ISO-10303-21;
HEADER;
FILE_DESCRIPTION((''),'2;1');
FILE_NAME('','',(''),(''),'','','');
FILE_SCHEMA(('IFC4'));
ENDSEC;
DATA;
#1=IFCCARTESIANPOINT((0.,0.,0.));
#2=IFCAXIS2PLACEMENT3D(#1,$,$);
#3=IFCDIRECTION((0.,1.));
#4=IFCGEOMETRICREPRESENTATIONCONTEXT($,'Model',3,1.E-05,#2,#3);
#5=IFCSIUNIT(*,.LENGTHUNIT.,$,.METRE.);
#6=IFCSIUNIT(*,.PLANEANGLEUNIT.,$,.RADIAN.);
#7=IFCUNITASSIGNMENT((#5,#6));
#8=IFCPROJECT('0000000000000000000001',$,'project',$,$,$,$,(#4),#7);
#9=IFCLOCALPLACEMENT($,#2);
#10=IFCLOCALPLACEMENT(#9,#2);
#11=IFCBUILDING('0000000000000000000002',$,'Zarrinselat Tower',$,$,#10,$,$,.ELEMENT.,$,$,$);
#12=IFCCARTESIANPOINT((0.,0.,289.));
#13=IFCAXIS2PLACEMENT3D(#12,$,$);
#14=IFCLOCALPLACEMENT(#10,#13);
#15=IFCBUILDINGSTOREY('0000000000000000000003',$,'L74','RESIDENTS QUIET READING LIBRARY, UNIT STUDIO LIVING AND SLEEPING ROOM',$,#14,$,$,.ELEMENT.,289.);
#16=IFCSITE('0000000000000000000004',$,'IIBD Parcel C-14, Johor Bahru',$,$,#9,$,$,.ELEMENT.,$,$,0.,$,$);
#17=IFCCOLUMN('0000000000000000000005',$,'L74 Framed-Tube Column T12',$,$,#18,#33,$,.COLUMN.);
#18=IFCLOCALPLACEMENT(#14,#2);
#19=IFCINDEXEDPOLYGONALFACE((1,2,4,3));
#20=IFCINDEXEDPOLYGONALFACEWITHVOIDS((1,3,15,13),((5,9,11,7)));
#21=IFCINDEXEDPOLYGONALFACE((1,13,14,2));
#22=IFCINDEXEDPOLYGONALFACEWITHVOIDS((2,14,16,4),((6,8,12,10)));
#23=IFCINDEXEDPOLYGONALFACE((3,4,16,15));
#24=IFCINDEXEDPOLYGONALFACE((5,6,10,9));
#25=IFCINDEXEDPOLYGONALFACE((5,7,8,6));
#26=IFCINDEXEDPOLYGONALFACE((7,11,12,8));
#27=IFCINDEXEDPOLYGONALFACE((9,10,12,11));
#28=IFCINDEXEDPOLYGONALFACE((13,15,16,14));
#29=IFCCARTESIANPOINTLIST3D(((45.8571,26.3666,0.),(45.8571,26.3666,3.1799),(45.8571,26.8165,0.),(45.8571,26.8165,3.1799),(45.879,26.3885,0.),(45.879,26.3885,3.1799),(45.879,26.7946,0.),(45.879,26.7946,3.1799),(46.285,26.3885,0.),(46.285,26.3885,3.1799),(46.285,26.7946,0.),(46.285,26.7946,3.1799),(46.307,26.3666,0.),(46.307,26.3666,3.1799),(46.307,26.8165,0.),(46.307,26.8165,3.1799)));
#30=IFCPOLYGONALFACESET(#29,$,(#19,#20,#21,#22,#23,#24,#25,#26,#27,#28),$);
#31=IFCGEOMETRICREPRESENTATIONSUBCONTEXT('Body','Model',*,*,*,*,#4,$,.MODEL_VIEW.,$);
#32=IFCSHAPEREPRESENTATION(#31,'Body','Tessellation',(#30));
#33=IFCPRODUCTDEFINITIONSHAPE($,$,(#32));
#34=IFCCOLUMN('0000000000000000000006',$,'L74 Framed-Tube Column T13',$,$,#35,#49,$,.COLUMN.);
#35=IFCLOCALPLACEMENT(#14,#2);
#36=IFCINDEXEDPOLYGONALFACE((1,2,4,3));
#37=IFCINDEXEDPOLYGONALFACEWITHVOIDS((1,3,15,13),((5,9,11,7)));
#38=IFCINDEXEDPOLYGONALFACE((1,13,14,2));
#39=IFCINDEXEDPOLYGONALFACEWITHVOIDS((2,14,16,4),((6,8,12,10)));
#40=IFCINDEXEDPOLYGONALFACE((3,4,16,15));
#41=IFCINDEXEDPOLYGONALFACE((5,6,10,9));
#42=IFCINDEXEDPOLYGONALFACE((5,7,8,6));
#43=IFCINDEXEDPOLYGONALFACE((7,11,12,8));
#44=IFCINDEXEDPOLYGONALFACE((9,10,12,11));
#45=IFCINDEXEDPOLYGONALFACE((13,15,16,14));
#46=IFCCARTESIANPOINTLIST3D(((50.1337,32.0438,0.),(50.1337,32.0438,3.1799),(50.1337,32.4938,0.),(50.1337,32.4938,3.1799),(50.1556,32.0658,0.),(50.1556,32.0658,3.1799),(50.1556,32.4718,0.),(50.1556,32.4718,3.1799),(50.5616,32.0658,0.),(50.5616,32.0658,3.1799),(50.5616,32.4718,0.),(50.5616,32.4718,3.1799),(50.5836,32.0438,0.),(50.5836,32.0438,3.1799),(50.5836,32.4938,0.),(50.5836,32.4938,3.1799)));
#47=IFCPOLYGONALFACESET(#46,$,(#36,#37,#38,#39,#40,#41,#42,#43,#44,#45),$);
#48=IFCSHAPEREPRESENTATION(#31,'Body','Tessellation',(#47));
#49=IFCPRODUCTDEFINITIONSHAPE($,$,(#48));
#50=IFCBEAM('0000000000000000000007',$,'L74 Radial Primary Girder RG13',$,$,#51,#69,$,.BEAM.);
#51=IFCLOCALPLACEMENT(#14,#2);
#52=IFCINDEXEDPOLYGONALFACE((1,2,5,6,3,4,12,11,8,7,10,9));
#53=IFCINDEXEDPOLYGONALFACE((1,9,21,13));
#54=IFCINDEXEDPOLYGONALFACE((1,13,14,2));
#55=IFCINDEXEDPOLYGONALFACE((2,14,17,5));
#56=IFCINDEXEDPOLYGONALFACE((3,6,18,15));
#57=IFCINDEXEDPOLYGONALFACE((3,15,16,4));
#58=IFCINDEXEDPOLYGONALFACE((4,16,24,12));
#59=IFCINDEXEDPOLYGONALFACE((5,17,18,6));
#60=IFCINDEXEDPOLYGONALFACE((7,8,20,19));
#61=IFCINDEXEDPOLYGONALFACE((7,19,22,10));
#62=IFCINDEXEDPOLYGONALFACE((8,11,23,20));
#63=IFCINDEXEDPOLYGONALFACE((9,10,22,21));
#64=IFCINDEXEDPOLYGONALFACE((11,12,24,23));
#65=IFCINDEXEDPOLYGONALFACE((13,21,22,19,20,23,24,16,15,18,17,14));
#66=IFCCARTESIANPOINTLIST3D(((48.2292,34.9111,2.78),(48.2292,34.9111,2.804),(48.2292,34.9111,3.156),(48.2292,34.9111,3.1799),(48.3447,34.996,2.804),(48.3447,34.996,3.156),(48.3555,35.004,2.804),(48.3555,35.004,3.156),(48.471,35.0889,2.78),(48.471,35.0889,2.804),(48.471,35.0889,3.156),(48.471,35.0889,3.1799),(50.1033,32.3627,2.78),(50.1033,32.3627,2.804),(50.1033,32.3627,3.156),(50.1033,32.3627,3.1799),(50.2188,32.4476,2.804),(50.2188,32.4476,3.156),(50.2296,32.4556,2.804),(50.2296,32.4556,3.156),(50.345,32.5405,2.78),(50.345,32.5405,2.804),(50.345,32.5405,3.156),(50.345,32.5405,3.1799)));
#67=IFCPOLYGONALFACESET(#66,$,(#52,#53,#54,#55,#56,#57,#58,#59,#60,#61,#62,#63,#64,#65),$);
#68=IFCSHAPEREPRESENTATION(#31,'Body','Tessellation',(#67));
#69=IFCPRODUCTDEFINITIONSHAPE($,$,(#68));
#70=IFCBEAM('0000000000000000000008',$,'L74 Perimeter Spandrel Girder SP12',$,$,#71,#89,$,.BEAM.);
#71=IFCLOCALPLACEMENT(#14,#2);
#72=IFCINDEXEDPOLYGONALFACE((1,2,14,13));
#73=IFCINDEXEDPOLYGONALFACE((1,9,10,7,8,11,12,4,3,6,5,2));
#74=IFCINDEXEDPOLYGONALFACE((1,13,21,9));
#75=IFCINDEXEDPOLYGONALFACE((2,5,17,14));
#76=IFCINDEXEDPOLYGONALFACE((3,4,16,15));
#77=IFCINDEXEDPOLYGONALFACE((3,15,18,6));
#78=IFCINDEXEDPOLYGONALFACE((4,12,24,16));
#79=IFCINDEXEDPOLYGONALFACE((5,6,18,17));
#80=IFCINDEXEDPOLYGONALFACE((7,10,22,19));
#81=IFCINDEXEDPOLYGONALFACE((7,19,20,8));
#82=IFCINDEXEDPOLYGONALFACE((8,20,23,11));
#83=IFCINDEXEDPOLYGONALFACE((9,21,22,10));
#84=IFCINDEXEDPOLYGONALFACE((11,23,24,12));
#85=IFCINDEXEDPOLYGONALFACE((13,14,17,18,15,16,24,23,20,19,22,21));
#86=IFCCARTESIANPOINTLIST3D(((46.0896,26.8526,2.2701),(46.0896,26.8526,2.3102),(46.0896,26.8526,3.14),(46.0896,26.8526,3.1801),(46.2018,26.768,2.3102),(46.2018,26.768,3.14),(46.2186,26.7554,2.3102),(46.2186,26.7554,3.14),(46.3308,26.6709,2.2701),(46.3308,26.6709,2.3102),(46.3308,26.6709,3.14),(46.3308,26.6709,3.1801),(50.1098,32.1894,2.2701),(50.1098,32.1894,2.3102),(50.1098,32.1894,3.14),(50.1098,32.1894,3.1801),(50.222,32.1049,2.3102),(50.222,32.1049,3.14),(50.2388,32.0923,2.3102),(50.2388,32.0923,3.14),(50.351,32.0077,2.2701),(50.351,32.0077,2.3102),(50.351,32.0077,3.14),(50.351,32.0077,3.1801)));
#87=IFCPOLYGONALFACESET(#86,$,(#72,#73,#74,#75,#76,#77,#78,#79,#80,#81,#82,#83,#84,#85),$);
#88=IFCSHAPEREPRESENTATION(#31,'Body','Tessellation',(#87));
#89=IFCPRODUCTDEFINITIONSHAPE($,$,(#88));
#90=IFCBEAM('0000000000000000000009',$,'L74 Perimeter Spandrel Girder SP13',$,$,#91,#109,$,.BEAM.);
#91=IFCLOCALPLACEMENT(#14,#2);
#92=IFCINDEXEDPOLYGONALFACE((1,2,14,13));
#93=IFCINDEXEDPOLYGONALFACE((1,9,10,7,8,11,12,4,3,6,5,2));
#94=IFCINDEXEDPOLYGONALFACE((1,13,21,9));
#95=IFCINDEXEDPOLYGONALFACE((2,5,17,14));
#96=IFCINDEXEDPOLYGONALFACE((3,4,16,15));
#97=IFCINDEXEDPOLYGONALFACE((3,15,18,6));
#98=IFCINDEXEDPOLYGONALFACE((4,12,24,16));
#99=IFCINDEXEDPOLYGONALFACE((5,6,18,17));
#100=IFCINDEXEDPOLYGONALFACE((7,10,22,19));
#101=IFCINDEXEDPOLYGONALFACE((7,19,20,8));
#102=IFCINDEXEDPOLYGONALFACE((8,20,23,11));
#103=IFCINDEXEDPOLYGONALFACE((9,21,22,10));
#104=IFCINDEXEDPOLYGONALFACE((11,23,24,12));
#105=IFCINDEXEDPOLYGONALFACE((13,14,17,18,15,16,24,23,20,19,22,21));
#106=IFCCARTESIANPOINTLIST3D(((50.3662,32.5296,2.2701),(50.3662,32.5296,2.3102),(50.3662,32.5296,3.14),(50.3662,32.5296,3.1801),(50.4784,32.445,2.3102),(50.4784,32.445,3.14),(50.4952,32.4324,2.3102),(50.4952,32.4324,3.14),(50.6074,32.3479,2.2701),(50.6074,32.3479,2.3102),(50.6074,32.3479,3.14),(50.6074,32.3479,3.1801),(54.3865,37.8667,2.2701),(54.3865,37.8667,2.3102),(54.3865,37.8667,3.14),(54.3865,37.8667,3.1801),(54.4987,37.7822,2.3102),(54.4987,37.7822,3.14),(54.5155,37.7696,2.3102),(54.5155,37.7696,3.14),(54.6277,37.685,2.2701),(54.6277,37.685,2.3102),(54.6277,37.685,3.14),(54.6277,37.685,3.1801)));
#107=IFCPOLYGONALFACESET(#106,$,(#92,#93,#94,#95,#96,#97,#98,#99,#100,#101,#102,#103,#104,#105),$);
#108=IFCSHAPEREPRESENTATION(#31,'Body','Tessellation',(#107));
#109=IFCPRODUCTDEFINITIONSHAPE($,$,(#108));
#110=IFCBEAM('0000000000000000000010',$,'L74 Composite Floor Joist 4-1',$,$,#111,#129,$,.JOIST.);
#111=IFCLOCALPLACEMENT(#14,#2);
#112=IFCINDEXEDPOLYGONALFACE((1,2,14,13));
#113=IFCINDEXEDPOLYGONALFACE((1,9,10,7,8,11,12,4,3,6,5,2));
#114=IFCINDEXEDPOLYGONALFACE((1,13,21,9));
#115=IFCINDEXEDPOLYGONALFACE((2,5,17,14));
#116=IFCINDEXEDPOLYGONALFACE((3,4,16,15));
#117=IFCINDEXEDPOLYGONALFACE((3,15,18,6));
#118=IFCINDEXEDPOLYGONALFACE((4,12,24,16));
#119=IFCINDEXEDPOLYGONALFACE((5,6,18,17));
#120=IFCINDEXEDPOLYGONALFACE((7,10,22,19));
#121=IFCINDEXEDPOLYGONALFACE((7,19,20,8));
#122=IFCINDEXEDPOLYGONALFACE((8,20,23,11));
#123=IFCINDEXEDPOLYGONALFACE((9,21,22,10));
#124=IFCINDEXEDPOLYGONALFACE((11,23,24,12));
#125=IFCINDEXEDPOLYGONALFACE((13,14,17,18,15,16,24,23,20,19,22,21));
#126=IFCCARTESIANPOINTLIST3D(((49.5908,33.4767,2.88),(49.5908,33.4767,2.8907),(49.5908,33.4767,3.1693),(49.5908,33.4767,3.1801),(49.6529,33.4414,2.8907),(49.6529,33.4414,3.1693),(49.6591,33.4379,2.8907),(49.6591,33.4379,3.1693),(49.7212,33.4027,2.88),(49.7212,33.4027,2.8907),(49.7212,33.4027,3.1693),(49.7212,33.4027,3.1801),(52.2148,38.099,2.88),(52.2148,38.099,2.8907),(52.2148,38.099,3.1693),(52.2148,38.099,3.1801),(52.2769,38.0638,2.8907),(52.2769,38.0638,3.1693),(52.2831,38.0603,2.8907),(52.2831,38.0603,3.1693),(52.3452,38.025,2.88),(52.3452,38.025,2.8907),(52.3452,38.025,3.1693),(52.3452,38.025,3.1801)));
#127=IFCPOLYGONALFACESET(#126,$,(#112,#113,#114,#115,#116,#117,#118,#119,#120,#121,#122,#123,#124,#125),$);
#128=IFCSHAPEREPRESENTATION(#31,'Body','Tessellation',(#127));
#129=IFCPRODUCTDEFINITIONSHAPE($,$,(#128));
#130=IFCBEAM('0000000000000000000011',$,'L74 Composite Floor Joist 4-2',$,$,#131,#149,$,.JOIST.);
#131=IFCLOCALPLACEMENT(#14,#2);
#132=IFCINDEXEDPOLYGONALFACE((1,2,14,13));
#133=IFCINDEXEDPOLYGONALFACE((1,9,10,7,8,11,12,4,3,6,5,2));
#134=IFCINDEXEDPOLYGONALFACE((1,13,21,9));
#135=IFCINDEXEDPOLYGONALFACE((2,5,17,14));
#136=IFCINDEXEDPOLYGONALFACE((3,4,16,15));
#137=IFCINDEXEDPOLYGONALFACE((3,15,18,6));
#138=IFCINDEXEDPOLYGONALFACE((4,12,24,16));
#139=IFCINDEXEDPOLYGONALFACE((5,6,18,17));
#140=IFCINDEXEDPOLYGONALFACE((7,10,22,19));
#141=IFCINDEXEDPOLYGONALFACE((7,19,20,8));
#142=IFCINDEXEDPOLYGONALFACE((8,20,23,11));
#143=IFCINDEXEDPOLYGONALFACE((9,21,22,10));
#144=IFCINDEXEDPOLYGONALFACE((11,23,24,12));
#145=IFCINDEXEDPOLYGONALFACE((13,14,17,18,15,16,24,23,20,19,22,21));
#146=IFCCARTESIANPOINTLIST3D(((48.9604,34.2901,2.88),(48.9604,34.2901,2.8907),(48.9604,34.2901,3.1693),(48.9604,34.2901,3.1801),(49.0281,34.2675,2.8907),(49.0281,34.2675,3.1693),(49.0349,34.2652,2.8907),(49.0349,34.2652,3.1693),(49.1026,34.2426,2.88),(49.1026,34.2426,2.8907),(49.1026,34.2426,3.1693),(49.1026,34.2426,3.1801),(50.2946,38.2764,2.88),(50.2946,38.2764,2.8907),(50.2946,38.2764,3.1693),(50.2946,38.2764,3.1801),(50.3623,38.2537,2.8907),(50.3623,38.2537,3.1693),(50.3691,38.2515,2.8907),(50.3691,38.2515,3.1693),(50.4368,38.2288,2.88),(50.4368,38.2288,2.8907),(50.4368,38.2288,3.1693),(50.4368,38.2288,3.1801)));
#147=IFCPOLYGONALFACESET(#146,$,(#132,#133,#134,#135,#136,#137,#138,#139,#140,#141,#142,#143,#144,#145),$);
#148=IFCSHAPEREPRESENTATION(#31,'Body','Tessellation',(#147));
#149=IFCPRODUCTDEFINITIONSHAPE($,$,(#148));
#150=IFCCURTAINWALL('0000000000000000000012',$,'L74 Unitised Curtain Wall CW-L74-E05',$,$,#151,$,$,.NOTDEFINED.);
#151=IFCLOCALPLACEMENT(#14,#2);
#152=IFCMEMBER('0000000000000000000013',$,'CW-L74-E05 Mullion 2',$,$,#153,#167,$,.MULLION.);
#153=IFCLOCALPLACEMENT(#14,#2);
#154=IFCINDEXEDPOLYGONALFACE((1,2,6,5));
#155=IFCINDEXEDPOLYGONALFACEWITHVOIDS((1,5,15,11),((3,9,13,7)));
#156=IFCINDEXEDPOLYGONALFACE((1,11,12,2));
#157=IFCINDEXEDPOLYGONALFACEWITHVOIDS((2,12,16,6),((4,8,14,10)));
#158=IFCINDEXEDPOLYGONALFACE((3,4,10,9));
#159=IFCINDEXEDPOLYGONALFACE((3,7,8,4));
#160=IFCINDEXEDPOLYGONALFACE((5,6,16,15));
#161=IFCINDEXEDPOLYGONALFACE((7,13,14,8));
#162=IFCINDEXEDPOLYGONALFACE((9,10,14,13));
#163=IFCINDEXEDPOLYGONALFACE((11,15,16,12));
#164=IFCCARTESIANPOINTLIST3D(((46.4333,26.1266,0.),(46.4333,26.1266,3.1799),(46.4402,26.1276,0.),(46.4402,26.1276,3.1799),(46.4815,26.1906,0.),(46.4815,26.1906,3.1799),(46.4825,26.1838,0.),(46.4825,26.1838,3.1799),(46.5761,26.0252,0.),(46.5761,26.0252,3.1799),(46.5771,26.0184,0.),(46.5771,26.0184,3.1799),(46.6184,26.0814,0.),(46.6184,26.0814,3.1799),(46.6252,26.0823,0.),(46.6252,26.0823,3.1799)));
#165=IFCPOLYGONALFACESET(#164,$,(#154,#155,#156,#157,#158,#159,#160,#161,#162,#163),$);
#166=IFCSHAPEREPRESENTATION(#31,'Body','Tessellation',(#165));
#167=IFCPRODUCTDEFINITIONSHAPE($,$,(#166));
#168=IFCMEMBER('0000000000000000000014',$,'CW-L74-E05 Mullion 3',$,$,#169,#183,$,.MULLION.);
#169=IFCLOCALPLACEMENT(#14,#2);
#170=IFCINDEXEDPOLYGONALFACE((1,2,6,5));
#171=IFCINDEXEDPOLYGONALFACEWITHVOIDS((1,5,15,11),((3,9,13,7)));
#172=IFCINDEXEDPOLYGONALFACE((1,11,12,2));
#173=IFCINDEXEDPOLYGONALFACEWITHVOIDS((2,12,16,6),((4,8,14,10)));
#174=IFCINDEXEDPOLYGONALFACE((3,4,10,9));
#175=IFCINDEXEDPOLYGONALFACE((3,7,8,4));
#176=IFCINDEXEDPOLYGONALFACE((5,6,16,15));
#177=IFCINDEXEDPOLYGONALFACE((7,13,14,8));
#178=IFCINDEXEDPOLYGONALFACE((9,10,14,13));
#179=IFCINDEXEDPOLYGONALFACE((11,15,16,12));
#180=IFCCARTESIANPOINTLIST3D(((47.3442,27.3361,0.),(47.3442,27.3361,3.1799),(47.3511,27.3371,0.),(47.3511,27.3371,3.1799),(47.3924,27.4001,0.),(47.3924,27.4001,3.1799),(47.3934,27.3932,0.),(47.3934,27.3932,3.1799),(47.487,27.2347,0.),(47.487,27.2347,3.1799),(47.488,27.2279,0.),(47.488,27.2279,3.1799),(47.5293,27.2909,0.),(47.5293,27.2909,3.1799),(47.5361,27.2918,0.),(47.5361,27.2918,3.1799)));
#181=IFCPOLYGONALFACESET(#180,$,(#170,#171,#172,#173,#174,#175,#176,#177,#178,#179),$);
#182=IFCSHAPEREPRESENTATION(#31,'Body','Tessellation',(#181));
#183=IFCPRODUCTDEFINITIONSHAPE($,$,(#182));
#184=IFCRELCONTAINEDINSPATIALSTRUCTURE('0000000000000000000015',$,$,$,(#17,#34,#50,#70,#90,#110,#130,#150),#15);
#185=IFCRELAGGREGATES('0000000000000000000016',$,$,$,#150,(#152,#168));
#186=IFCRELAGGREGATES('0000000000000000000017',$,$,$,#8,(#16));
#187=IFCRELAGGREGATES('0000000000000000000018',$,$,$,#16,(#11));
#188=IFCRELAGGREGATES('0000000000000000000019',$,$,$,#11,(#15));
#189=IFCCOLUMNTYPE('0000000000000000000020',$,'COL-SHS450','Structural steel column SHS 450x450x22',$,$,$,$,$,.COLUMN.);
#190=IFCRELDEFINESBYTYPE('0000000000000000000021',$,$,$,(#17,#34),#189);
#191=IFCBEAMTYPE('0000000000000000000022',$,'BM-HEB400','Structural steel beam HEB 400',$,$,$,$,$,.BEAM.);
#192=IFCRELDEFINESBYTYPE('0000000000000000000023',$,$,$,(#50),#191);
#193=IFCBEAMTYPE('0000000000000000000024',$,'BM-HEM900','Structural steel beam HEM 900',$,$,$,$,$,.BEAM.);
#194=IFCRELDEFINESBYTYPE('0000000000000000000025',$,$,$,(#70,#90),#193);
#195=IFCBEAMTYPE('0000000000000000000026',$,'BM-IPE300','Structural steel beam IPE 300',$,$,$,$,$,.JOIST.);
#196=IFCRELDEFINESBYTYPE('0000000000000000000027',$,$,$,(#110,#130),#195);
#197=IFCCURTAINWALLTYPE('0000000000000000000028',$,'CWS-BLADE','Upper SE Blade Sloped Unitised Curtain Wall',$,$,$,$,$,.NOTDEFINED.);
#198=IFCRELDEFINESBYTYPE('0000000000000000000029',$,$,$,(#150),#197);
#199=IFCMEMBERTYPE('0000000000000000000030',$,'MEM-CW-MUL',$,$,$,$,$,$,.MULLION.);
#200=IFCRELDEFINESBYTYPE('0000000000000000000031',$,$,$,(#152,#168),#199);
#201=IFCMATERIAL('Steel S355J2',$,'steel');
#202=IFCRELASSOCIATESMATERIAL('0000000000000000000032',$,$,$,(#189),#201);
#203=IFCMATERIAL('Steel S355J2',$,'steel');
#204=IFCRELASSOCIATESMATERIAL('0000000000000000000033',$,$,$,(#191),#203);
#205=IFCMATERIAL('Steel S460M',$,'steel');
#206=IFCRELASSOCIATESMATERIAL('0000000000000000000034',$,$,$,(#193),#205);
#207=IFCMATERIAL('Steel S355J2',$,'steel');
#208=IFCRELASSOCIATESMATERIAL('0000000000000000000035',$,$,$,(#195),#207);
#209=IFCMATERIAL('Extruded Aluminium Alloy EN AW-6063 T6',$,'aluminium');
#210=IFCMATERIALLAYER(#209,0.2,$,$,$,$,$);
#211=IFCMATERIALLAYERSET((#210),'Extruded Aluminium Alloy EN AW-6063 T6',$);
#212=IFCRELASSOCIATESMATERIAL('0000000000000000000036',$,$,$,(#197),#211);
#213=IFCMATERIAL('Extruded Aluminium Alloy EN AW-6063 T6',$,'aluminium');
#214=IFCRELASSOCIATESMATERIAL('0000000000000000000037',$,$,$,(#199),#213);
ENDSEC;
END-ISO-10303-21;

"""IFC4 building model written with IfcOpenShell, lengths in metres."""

from ifc_helpers import new_model, si_unit, direction, frame, origin, origin_2d, place, context, subcontext, project, spatial, hollow_rectangle, i_section, extrude, material, layer, layer_set, material_profile, profile_set, type_object, element, aggregate, save


model = new_model("IFC4")

# Units and contexts
model_context = context("Model", 3, precision=1e-05, world=origin(), true_north=direction((0.0, 1.0)))
body_context = subcontext(model_context, "Body", "Model", "MODEL_VIEW")
ifc_project = project(units=[si_unit("LENGTHUNIT", "METRE"), si_unit("PLANEANGLEUNIT", "RADIAN")], contexts=[model_context])

# Site, building, storey
site_placement = place(None, origin())
site = spatial("IfcSite", under=ifc_project, at=site_placement, Name="IIBD Parcel C-14, Johor Bahru", CompositionType="ELEMENT", RefElevation=0.0)
building_placement = place(site_placement, origin())
building = spatial("IfcBuilding", under=site, at=building_placement, Name="Zarrinselat Tower", CompositionType="ELEMENT")
storey_placement = place(building_placement, frame((0.0, 0.0, 289.0)))
storey = spatial("IfcBuildingStorey", under=building, at=storey_placement, Name="L74", Description="RESIDENTS QUIET READING LIBRARY, UNIT STUDIO LIVING AND SLEEPING ROOM", CompositionType="ELEMENT", Elevation=289.0)

# Columns
ifc_material_1 = material(Name="Steel S355J2", Category="steel")
ifc_material_profile_1 = material_profile(ifc_material_1, hollow_rectangle(XDim=0.45, YDim=0.45, WallThickness=0.022, at=origin_2d()), Name="SHS 450x450x22")
ifc_profile_set_1 = profile_set([ifc_material_profile_1], Name="Steel S355J2")
column_type = type_object("IfcColumnType", Name="COL-SHS450", Description="Structural steel column SHS 450x450x22", PredefinedType="COLUMN", material=ifc_profile_set_1)
for number, where, z_axis, x_axis, name in (
    (1, (46.082, 26.5916, 0.0), (0.0, 0.0, 1.0), (1.0, 0.0, 0.0), "L74 Framed-Tube Column T12"),
    (2, (50.3586, 32.2688, 0.0), (0.0, 0.0, 1.0), (1.0, 0.0, 0.0), "L74 Framed-Tube Column T13"),
):
    element("IfcColumn", number, at=place(storey_placement, frame(where, z_axis=z_axis, x_axis=x_axis)), inside=storey, type_object=column_type, Name=name, PredefinedType="COLUMN", context=body_context, shape_type="SweptSolid", body=[
        extrude(hollow_rectangle(XDim=0.45, YDim=0.45, WallThickness=0.022, at=origin_2d()), origin(), (0.0, 0.0, 1.0), 3.1799),
    ])

# Beams
ifc_material_2 = material(Name="Steel S355J2", Category="steel")
ifc_material_profile_2 = material_profile(ifc_material_2, i_section(OverallWidth=0.3, OverallDepth=0.3999, WebThickness=0.0134, FlangeThickness=0.0239, at=origin_2d()), Name="HEB 400")
ifc_profile_set_2 = profile_set([ifc_material_profile_2], Name="Steel S355J2")
beam_type_1 = type_object("IfcBeamType", Name="BM-HEB400", Description="Structural steel beam HEB 400", PredefinedType="BEAM", material=ifc_profile_set_2)
beam_1_placement = place(storey_placement, frame((48.3501, 35.0, 2.98), z_axis=(0.592441, -0.805614, 0.0), x_axis=(0.805614, 0.592441, 0.0)))
element("IfcBeam", 3, at=beam_1_placement, inside=storey, type_object=beam_type_1, Name="L74 Radial Primary Girder RG13", PredefinedType="BEAM", context=body_context, shape_type="SweptSolid", body=[
    extrude(i_section(OverallWidth=0.3, OverallDepth=0.3999, WebThickness=0.0134, FlangeThickness=0.0239, at=origin_2d()), origin(), (0.0, 0.0, 1.0), 3.1633),
])
ifc_material_3 = material(Name="Steel S460M", Category="steel")
ifc_material_profile_3 = material_profile(ifc_material_3, i_section(OverallWidth=0.302, OverallDepth=0.9099, WebThickness=0.021, FlangeThickness=0.04, at=origin_2d()), Name="HEM 900")
ifc_profile_set_3 = profile_set([ifc_material_profile_3], Name="Steel S460M")
beam_type_2 = type_object("IfcBeamType", Name="BM-HEM900", Description="Structural steel beam HEM 900", PredefinedType="BEAM", material=ifc_profile_set_3)
beam_2_placement = place(storey_placement, frame((46.2102, 26.7617, 2.7251), z_axis=(0.601682, 0.798735, 0.0), x_axis=(-0.798735, 0.601682, 0.0)))
element("IfcBeam", 4, at=beam_2_placement, inside=storey, type_object=beam_type_2, Name="L74 Perimeter Spandrel Girder SP12", PredefinedType="BEAM", context=body_context, shape_type="SweptSolid", body=[
    extrude(i_section(OverallWidth=0.302, OverallDepth=0.9099, WebThickness=0.021, FlangeThickness=0.04, at=origin_2d()), origin(), (0.0, 0.0, 1.0), 6.6816),
])
beam_3_placement = place(storey_placement, frame((50.4868, 32.4387, 2.7251), z_axis=(0.601665, 0.798749, 0.0), x_axis=(-0.798749, 0.601665, 0.0)))
element("IfcBeam", 5, at=beam_3_placement, inside=storey, type_object=beam_type_2, Name="L74 Perimeter Spandrel Girder SP13", PredefinedType="BEAM", context=body_context, shape_type="SweptSolid", body=[
    extrude(i_section(OverallWidth=0.302, OverallDepth=0.9099, WebThickness=0.021, FlangeThickness=0.04, at=origin_2d()), origin(), (0.0, 0.0, 1.0), 6.6819),
])
ifc_material_4 = material(Name="Steel S355J2", Category="steel")
ifc_material_profile_4 = material_profile(ifc_material_4, i_section(OverallWidth=0.1499, OverallDepth=0.3, WebThickness=0.0071, FlangeThickness=0.0107, at=origin_2d()), Name="IPE 300")
ifc_profile_set_4 = profile_set([ifc_material_profile_4], Name="Steel S355J2")
beam_type_3 = type_object("IfcBeamType", Name="BM-IPE300", Description="Structural steel beam IPE 300", PredefinedType="JOIST", material=ifc_profile_set_4)
beam_4_placement = place(storey_placement, frame((49.656, 33.4397, 3.03), z_axis=(0.493683, 0.869642, 0.0), x_axis=(-0.869642, 0.493683, 0.0)))
element("IfcBeam", 6, at=beam_4_placement, inside=storey, type_object=beam_type_3, Name="L74 Composite Floor Joist 4-1", PredefinedType="JOIST", context=body_context, shape_type="SweptSolid", body=[
    extrude(i_section(OverallWidth=0.1499, OverallDepth=0.3, WebThickness=0.0071, FlangeThickness=0.0107, at=origin_2d()), origin(), (0.0, 0.0, 1.0), 5.3152),
])
beam_5_placement = place(storey_placement, frame((49.0315, 34.2664, 3.03), z_axis=(0.317395, 0.948293, 0.0), x_axis=(-0.948293, 0.317395, 0.0)))
element("IfcBeam", 7, at=beam_5_placement, inside=storey, type_object=beam_type_3, Name="L74 Composite Floor Joist 4-2", PredefinedType="JOIST", context=body_context, shape_type="SweptSolid", body=[
    extrude(i_section(OverallWidth=0.1499, OverallDepth=0.3, WebThickness=0.0071, FlangeThickness=0.0107, at=origin_2d()), origin(), (0.0, 0.0, 1.0), 4.2036),
])

# Curtain wall, members
ifc_material_5 = material(Name="Extruded Aluminium Alloy EN AW-6063 T6", Category="aluminium")
ifc_layer_1 = layer(ifc_material_5, 0.2)
ifc_layer_set_1 = layer_set([ifc_layer_1], Name="Extruded Aluminium Alloy EN AW-6063 T6")
curtain_wall_type = type_object("IfcCurtainWallType", Name="CWS-BLADE", Description="Upper SE Blade Sloped Unitised Curtain Wall", PredefinedType="NOTDEFINED", material=ifc_layer_set_1)
curtain_wall_placement = place(storey_placement, origin())
curtain_wall = element("IfcCurtainWall", 8, at=curtain_wall_placement, inside=storey, type_object=curtain_wall_type, Name="L74 Unitised Curtain Wall CW-L74-E05", PredefinedType="NOTDEFINED")
ifc_material_6 = material(Name="Extruded Aluminium Alloy EN AW-6063 T6", Category="aluminium")
ifc_material_profile_5 = material_profile(ifc_material_6, hollow_rectangle(XDim=0.0801, YDim=0.1799, WallThickness=0.0049, at=origin_2d()), Name="RHS 180x80x5")
ifc_profile_set_5 = profile_set([ifc_material_profile_5], Name="Extruded Aluminium Alloy EN AW-6063 T6")
member_type_1 = type_object("IfcMemberType", Name="MEM-CW-MUL", PredefinedType="MULLION", material=ifc_profile_set_5)
member_1_placement = place(storey_placement, frame((46.5293, 26.1045, 0.0), z_axis=(0.0, 0.0, 1.0), x_axis=(0.601673, 0.798743, 0.0)))
member_1 = element("IfcMember", 9, at=member_1_placement, type_object=member_type_1, Name="CW-L74-E05 Mullion 2", PredefinedType="MULLION", context=body_context, shape_type="SweptSolid", body=[
    extrude(hollow_rectangle(XDim=0.0801, YDim=0.1799, WallThickness=0.0049, at=origin_2d()), origin(), (0.0, 0.0, 1.0), 3.1799),
])
member_2_placement = place(storey_placement, frame((47.4402, 27.314, 0.0), z_axis=(0.0, 0.0, 1.0), x_axis=(0.601673, 0.798743, 0.0)))
member_2 = element("IfcMember", 10, at=member_2_placement, type_object=member_type_1, Name="CW-L74-E05 Mullion 3", PredefinedType="MULLION", context=body_context, shape_type="SweptSolid", body=[
    extrude(hollow_rectangle(XDim=0.0801, YDim=0.1799, WallThickness=0.0049, at=origin_2d()), origin(), (0.0, 0.0, 1.0), 3.1799),
])
aggregate(curtain_wall, [member_1, member_2])

save(model, "model.ifc")
